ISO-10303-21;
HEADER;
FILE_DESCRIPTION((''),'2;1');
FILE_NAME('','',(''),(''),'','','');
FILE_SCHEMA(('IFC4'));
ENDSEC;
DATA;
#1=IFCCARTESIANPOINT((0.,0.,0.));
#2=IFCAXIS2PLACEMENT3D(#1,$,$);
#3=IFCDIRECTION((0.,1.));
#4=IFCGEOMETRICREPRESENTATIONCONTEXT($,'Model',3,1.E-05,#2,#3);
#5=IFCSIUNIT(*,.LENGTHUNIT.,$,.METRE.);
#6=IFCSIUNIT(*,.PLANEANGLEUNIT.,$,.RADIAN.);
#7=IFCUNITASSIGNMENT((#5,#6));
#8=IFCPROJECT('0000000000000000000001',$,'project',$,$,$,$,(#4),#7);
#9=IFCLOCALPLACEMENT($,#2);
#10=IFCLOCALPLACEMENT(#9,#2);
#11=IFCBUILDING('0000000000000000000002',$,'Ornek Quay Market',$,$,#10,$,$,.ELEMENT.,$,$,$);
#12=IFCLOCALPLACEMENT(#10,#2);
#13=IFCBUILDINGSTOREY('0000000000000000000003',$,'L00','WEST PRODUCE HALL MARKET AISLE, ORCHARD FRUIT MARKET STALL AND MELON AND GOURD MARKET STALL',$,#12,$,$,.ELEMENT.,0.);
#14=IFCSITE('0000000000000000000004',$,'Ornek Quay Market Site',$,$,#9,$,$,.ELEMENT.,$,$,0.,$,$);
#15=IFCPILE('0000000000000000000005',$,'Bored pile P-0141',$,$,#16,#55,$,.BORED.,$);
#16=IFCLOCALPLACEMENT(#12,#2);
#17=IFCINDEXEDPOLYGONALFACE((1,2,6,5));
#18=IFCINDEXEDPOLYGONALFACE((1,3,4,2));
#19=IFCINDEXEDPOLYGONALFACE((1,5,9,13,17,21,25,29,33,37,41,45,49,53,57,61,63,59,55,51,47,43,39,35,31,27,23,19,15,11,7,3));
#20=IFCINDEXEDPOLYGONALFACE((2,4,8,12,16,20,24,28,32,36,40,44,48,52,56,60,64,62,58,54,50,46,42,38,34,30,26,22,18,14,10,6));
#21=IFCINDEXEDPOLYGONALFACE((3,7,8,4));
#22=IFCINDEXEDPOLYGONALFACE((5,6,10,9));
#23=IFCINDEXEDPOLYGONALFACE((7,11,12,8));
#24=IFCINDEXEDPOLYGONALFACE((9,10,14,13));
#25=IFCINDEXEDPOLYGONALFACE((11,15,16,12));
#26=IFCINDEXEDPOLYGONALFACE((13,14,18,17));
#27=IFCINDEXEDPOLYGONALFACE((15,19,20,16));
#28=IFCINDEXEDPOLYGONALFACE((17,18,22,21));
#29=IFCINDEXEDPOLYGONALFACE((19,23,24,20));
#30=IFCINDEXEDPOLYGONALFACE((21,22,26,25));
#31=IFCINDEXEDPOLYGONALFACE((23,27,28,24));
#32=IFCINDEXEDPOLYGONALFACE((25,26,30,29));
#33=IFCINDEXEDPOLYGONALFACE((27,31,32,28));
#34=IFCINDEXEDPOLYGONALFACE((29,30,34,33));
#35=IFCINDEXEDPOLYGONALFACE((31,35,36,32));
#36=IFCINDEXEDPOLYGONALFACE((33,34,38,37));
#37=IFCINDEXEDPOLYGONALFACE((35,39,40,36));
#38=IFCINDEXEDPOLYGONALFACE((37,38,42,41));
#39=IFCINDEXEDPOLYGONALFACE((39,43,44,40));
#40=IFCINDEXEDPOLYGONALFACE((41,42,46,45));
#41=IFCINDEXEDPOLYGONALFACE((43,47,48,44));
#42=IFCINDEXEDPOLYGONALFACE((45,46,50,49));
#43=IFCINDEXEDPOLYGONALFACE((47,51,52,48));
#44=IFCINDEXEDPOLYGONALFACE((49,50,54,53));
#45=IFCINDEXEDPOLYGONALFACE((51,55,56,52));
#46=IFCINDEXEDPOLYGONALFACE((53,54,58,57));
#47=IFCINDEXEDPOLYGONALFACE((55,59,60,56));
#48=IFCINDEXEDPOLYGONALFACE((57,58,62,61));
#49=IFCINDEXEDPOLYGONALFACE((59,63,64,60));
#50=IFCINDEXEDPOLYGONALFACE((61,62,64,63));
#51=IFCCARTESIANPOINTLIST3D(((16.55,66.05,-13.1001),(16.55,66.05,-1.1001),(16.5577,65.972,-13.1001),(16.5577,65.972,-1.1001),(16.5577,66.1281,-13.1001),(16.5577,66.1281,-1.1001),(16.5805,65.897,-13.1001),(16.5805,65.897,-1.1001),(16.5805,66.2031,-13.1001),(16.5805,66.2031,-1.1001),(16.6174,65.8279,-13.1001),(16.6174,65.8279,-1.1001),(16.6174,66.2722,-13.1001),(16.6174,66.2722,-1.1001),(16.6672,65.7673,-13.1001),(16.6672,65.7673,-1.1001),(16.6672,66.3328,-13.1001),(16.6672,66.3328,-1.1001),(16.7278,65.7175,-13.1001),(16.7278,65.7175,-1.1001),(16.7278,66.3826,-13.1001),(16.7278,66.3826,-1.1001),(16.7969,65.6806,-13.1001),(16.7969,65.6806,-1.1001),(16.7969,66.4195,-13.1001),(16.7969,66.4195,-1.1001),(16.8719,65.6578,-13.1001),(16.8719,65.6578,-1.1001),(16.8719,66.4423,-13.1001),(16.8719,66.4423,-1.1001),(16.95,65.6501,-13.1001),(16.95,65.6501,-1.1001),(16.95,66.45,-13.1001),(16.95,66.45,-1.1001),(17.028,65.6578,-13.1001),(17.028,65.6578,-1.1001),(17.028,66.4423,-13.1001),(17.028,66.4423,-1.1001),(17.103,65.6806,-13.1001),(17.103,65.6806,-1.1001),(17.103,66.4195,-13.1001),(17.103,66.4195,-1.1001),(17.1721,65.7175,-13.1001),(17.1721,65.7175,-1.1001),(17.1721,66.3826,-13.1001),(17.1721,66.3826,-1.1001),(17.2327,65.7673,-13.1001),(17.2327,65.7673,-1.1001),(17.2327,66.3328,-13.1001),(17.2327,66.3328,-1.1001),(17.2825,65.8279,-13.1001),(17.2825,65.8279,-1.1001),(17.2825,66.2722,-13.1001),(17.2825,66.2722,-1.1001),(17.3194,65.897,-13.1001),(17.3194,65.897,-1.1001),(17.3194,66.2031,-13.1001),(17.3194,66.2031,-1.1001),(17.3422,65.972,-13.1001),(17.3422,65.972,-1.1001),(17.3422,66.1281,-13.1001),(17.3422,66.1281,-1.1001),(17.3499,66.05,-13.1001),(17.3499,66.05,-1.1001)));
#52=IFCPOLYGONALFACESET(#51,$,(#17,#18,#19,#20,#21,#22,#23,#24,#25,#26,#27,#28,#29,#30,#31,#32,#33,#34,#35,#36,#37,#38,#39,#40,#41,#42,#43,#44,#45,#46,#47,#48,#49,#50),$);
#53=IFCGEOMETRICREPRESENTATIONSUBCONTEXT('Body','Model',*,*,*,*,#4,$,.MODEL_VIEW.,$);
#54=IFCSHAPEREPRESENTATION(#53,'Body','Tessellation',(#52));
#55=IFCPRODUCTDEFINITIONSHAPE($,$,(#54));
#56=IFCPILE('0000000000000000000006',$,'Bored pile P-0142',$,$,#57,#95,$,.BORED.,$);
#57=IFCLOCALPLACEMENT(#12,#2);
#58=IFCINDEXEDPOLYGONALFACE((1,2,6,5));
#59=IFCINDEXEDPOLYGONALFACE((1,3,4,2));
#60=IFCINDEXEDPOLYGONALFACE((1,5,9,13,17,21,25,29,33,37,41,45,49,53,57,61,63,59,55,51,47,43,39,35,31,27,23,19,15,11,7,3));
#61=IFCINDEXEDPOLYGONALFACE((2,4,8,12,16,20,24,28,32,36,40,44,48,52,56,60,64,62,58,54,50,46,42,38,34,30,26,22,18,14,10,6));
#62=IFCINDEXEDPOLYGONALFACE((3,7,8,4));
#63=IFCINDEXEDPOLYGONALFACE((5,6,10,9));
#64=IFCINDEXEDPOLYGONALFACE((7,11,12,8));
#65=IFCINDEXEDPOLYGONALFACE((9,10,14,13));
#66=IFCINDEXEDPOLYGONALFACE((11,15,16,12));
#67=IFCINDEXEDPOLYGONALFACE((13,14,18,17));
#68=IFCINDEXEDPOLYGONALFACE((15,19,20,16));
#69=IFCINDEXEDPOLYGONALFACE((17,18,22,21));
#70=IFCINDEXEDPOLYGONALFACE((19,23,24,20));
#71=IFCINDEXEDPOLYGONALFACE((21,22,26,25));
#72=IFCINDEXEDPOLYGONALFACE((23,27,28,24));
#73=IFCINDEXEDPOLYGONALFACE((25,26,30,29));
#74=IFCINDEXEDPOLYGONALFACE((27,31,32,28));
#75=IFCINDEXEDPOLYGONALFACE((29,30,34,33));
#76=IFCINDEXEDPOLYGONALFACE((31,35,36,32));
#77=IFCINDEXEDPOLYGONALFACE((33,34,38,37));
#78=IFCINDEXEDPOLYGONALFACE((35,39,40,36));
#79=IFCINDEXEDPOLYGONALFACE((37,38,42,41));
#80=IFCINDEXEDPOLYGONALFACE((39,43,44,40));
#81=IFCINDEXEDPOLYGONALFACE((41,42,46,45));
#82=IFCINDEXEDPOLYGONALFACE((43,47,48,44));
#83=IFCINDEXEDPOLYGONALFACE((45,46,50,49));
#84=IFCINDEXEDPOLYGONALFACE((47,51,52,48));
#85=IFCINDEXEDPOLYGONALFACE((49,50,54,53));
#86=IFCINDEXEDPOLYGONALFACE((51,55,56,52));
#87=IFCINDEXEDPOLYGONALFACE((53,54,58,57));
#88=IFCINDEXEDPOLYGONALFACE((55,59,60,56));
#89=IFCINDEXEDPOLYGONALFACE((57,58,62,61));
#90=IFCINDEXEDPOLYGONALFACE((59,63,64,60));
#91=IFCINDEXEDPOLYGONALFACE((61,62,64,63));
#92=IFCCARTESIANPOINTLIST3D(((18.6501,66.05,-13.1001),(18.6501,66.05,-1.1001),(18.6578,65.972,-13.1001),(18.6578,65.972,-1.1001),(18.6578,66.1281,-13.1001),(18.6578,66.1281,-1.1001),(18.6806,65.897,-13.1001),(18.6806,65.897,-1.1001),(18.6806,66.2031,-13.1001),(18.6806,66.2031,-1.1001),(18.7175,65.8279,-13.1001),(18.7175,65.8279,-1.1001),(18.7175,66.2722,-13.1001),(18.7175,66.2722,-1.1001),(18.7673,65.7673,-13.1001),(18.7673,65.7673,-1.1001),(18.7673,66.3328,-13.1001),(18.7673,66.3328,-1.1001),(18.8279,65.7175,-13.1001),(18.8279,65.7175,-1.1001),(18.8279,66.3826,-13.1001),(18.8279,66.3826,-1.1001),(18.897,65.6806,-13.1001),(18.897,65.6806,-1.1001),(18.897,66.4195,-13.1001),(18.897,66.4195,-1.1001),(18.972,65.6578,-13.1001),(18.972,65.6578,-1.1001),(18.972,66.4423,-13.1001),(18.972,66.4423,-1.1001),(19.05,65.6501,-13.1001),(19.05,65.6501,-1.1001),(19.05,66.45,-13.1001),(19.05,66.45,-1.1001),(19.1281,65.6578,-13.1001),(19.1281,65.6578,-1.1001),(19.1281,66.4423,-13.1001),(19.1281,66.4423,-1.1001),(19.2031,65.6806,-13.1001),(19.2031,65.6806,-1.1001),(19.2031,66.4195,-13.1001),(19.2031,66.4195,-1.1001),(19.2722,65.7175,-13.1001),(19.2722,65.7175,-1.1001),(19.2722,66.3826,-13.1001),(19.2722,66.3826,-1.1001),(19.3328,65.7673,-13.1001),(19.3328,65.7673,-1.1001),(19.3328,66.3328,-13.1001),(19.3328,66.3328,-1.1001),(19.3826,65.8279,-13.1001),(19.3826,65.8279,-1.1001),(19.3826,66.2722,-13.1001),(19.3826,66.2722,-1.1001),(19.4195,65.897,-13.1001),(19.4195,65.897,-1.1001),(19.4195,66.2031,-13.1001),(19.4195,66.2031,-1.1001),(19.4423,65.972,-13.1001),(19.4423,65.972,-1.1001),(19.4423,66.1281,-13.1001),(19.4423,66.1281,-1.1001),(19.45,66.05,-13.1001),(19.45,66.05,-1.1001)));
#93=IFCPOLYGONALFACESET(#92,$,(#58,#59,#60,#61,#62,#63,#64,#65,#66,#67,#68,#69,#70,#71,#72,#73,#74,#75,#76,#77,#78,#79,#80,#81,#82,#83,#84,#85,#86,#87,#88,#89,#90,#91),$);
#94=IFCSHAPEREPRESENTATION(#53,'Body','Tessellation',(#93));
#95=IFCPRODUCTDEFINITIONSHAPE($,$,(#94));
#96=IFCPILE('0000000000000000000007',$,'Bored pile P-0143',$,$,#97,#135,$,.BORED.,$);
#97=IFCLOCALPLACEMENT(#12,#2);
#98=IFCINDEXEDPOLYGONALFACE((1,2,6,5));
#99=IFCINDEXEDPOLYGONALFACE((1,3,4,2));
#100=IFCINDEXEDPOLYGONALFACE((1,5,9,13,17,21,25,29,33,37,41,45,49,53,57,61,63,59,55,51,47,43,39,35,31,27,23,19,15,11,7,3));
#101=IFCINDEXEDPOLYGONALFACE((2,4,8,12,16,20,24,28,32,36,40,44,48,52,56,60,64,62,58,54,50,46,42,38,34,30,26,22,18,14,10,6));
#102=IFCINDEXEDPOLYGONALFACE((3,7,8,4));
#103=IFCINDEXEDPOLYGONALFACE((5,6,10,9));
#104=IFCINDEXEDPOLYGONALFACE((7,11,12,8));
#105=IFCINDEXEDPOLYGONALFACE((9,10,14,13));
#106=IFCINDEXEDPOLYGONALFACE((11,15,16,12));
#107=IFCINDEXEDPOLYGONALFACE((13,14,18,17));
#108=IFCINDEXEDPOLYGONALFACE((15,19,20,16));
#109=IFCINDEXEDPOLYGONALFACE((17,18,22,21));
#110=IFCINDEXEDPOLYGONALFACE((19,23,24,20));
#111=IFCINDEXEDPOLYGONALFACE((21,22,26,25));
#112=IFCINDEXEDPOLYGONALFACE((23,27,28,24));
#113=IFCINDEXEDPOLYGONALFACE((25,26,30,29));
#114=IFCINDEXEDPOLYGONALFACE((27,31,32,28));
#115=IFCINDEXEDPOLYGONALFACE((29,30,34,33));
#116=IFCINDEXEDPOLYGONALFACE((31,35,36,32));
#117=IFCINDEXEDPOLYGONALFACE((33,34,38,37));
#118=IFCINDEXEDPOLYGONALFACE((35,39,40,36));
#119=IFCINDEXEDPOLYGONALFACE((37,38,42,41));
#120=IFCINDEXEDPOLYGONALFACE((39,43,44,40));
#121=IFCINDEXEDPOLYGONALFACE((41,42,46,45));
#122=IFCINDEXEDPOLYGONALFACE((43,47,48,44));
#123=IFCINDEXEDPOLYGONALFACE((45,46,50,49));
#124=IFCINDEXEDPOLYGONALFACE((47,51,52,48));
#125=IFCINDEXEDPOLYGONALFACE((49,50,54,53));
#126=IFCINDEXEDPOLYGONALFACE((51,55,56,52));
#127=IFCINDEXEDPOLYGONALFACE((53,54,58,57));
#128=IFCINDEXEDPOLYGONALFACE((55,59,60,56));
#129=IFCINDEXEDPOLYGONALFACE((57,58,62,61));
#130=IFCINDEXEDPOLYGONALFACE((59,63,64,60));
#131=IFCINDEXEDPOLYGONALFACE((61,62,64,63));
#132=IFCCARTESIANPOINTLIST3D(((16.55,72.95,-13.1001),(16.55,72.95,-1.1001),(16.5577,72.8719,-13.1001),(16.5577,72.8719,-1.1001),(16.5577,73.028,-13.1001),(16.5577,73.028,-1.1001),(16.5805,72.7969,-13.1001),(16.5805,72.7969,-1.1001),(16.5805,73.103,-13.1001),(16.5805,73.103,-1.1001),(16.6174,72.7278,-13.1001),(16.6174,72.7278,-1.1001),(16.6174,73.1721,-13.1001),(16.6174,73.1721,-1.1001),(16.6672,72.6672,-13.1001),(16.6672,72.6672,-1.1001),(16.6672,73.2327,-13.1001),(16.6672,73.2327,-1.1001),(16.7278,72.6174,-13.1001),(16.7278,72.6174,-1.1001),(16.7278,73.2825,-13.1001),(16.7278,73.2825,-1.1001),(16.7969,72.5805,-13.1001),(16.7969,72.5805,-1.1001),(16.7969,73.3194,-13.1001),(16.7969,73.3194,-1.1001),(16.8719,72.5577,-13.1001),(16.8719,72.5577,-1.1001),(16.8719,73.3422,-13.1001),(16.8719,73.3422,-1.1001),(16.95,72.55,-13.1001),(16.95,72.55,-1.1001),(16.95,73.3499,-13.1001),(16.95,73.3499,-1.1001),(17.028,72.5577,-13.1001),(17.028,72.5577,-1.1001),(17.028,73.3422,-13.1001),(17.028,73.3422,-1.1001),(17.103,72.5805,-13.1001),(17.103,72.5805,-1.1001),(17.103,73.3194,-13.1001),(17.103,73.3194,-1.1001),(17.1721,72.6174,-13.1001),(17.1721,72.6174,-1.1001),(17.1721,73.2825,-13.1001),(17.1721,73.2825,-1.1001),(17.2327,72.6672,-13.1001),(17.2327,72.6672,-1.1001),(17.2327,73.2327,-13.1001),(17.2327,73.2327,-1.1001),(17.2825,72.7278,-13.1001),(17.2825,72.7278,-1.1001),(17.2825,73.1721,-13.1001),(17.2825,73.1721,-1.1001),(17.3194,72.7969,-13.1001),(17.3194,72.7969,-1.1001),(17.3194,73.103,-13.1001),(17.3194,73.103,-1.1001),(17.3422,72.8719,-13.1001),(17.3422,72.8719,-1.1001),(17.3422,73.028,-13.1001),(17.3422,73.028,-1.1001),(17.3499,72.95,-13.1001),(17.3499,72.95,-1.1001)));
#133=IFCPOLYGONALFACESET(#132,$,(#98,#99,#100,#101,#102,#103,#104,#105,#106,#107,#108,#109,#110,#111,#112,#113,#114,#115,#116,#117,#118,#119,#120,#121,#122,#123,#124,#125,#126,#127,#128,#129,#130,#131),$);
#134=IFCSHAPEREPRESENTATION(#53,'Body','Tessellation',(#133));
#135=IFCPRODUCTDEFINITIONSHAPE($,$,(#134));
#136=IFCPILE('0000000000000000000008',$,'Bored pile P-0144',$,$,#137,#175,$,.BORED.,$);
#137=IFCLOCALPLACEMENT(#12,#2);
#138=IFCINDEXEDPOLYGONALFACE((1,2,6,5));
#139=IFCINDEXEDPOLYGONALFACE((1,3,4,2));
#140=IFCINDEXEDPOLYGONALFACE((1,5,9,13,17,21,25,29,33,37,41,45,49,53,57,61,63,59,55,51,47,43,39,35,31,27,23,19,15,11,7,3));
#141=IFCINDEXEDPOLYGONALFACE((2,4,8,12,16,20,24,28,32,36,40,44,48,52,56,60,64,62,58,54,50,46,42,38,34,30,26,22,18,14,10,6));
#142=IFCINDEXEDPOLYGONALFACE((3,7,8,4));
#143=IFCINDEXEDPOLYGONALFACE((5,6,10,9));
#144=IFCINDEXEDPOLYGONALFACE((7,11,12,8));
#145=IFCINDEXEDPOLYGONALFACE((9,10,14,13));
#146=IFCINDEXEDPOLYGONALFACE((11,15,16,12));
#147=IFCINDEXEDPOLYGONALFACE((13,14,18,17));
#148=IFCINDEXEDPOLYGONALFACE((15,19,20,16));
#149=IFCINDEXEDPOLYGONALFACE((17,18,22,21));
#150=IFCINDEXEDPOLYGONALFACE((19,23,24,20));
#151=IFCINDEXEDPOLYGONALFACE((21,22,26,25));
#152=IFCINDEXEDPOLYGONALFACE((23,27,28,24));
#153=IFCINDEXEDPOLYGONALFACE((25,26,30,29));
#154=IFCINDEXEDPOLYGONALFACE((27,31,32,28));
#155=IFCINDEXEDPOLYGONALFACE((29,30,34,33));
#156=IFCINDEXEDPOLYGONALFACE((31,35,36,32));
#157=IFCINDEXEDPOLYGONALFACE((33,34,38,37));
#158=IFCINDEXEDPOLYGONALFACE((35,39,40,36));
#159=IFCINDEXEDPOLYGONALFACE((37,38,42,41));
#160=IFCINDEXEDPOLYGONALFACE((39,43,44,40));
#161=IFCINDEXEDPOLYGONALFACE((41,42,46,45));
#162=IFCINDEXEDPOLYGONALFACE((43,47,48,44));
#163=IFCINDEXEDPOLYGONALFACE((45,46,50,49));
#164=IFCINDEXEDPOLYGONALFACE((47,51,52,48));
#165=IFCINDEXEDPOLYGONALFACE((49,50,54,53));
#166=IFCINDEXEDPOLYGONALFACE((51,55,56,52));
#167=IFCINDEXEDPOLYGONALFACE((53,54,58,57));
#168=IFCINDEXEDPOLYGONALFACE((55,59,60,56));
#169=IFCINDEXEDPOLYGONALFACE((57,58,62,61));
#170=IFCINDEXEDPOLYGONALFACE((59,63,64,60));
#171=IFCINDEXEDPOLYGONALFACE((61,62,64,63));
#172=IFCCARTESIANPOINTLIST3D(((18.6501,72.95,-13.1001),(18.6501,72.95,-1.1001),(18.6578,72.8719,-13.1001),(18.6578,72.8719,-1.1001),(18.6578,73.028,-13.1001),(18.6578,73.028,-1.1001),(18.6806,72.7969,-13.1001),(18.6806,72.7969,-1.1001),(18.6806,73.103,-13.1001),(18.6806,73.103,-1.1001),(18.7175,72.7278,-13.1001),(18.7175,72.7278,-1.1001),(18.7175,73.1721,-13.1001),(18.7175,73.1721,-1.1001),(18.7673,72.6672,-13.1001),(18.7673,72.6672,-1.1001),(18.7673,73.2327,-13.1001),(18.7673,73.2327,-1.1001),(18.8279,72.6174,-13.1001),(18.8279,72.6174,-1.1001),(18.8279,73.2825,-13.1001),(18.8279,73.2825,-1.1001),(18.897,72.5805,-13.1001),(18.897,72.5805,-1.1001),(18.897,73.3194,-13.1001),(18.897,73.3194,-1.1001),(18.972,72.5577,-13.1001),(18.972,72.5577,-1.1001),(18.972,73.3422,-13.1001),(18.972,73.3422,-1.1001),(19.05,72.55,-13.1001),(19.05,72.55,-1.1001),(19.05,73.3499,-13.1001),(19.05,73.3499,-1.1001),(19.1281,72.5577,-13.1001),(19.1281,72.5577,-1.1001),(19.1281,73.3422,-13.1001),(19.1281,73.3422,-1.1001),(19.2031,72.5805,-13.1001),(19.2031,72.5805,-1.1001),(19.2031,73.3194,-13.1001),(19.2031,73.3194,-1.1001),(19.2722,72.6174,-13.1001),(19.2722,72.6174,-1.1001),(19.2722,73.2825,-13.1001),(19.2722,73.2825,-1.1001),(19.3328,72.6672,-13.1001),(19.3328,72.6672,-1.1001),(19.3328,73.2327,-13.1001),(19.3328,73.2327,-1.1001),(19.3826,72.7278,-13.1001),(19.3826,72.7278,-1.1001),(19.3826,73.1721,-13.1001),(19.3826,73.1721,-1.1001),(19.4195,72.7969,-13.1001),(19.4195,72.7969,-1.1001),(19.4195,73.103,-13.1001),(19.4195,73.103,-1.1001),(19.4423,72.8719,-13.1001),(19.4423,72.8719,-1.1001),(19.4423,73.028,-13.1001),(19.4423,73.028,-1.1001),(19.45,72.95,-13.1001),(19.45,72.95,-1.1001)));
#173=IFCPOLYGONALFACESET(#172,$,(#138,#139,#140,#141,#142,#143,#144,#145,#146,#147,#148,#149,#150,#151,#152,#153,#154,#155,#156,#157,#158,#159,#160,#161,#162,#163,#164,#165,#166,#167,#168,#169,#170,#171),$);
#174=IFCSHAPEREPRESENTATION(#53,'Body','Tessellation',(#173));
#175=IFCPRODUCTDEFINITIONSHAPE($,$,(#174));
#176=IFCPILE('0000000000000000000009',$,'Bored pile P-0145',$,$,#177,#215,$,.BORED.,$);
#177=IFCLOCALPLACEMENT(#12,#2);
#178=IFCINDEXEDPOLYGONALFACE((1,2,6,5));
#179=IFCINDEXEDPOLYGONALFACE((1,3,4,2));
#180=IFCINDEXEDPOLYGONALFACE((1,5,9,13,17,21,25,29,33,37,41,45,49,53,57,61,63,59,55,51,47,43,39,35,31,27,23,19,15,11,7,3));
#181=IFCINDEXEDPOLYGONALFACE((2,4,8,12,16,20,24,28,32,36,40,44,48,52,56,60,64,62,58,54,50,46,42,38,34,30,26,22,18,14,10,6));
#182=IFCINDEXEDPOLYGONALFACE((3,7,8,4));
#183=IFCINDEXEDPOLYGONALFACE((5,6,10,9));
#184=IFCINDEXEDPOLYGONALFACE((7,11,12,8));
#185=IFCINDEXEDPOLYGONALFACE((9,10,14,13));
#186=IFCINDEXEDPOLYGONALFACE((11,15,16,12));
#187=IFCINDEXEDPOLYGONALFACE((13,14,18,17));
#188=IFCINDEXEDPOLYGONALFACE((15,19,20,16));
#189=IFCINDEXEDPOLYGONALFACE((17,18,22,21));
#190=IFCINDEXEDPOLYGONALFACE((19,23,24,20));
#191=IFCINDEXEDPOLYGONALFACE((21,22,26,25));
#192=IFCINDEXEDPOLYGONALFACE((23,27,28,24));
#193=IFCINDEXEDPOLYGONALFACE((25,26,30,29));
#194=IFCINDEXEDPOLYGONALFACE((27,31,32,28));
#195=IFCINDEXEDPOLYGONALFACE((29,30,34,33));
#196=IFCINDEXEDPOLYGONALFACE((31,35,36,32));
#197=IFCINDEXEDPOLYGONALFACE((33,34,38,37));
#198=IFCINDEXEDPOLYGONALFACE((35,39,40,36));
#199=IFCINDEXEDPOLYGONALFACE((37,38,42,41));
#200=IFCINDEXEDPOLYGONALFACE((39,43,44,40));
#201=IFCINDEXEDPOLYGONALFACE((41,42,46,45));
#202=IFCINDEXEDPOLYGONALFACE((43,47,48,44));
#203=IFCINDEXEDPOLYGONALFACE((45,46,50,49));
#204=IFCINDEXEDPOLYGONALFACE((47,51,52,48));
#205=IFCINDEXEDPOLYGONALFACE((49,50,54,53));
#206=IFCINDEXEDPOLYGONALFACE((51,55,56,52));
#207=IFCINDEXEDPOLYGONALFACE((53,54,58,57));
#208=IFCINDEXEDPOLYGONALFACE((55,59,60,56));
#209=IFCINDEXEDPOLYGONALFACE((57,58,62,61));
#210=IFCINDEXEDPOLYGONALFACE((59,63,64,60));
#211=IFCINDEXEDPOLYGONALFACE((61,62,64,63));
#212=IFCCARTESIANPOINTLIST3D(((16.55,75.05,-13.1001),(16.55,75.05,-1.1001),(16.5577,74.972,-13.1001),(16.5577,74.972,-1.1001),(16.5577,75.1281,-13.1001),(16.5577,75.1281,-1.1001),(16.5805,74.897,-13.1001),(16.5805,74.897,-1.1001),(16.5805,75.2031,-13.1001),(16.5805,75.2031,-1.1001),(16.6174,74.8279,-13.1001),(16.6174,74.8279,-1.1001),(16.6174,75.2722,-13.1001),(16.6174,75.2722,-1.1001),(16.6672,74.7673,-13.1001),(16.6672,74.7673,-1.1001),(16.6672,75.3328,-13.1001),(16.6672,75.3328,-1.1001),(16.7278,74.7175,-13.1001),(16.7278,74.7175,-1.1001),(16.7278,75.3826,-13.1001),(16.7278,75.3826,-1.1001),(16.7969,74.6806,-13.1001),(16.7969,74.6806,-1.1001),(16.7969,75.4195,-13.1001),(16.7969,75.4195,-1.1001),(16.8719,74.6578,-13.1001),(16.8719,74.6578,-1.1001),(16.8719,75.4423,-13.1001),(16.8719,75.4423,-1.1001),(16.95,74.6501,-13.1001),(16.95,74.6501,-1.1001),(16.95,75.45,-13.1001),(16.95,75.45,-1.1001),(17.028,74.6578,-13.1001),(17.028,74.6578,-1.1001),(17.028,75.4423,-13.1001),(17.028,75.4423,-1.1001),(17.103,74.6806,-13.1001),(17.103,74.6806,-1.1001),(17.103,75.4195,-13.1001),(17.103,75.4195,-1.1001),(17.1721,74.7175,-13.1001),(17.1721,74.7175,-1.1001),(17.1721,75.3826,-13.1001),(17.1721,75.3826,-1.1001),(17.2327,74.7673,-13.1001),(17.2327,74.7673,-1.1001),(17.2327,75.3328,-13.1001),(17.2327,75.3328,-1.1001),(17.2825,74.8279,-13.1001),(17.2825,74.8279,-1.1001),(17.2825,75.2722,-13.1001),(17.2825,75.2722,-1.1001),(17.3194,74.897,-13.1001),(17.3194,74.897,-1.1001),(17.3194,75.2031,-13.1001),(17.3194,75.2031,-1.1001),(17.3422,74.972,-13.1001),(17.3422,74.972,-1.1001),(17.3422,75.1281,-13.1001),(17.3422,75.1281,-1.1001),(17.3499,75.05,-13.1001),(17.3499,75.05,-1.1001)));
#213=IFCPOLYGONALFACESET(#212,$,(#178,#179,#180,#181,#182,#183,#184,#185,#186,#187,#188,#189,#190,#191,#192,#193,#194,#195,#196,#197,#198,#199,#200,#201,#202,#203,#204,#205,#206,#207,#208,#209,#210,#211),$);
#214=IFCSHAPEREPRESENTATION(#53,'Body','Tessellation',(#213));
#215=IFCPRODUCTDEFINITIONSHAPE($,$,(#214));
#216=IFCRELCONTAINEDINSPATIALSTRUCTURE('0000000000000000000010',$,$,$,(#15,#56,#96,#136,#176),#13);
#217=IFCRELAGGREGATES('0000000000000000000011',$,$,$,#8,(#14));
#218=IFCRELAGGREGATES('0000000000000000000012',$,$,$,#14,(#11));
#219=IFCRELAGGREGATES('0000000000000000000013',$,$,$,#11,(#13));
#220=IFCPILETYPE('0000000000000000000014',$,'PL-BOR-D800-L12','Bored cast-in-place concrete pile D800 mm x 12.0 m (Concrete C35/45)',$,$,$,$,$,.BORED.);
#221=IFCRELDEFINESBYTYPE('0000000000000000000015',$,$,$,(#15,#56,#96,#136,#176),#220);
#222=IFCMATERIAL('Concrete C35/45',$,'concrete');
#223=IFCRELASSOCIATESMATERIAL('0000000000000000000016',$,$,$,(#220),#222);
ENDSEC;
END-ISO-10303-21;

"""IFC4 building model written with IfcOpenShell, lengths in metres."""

from ifc_helpers import new_model, si_unit, direction, frame, origin, origin_2d, place, context, subcontext, project, spatial, circle, extrude, material, material_profile, profile_set, type_object, element, save


model = new_model("IFC4")

# Units and contexts
model_context = context("Model", 3, precision=1e-05, world=origin(), true_north=direction((0.0, 1.0)))
body_context = subcontext(model_context, "Body", "Model", "MODEL_VIEW")
ifc_project = project(units=[si_unit("LENGTHUNIT", "METRE"), si_unit("PLANEANGLEUNIT", "RADIAN")], contexts=[model_context])

# Site, building, storey
site_placement = place(None, origin())
site = spatial("IfcSite", under=ifc_project, at=site_placement, Name="Ornek Quay Market Site", CompositionType="ELEMENT", RefElevation=0.0)
building_placement = place(site_placement, origin())
building = spatial("IfcBuilding", under=site, at=building_placement, Name="Ornek Quay Market", CompositionType="ELEMENT")
storey_placement = place(building_placement, origin())
storey = spatial("IfcBuildingStorey", under=building, at=storey_placement, Name="L00", Description="WEST PRODUCE HALL MARKET AISLE, ORCHARD FRUIT MARKET STALL AND MELON AND GOURD MARKET STALL", CompositionType="ELEMENT", Elevation=0.0)

# Piles
ifc_material_1 = material(Name="Concrete C35/45", Category="concrete")
ifc_material_profile_1 = material_profile(ifc_material_1, circle(Radius=0.3999, at=origin_2d()), Name="PILE D800", Category="concrete")
ifc_profile_set_1 = profile_set([ifc_material_profile_1], Name="Concrete C35/45")
pile_type = type_object("IfcPileType", Name="PL-BOR-D800-L12", Description="Bored cast-in-place concrete pile D800 mm x 12.0 m (Concrete C35/45)", PredefinedType="BORED", material=ifc_profile_set_1)
for number, where, z_axis, x_axis, name in (
    (1, (16.95, 66.05, -1.1001), (0.0, 0.0, -1.0), (1.0, 0.0, 0.0), "Bored pile P-0141"),
    (2, (19.05, 66.05, -1.1001), (0.0, 0.0, -1.0), (1.0, 0.0, 0.0), "Bored pile P-0142"),
    (3, (16.95, 72.95, -1.1001), (0.0, 0.0, -1.0), (1.0, 0.0, 0.0), "Bored pile P-0143"),
    (4, (19.05, 72.95, -1.1001), (0.0, 0.0, -1.0), (1.0, 0.0, 0.0), "Bored pile P-0144"),
    (5, (16.95, 75.05, -1.1001), (0.0, 0.0, -1.0), (1.0, 0.0, 0.0), "Bored pile P-0145"),
):
    element("IfcPile", number, at=place(storey_placement, frame(where, z_axis=z_axis, x_axis=x_axis)), inside=storey, type_object=pile_type, Name=name, PredefinedType="BORED", context=body_context, shape_type="SweptSolid", body=[
        extrude(circle(Radius=0.3999, at=origin_2d()), origin(), (0.0, 0.0, 1.0), 12.0),
    ])

save(model, "model.ifc")
